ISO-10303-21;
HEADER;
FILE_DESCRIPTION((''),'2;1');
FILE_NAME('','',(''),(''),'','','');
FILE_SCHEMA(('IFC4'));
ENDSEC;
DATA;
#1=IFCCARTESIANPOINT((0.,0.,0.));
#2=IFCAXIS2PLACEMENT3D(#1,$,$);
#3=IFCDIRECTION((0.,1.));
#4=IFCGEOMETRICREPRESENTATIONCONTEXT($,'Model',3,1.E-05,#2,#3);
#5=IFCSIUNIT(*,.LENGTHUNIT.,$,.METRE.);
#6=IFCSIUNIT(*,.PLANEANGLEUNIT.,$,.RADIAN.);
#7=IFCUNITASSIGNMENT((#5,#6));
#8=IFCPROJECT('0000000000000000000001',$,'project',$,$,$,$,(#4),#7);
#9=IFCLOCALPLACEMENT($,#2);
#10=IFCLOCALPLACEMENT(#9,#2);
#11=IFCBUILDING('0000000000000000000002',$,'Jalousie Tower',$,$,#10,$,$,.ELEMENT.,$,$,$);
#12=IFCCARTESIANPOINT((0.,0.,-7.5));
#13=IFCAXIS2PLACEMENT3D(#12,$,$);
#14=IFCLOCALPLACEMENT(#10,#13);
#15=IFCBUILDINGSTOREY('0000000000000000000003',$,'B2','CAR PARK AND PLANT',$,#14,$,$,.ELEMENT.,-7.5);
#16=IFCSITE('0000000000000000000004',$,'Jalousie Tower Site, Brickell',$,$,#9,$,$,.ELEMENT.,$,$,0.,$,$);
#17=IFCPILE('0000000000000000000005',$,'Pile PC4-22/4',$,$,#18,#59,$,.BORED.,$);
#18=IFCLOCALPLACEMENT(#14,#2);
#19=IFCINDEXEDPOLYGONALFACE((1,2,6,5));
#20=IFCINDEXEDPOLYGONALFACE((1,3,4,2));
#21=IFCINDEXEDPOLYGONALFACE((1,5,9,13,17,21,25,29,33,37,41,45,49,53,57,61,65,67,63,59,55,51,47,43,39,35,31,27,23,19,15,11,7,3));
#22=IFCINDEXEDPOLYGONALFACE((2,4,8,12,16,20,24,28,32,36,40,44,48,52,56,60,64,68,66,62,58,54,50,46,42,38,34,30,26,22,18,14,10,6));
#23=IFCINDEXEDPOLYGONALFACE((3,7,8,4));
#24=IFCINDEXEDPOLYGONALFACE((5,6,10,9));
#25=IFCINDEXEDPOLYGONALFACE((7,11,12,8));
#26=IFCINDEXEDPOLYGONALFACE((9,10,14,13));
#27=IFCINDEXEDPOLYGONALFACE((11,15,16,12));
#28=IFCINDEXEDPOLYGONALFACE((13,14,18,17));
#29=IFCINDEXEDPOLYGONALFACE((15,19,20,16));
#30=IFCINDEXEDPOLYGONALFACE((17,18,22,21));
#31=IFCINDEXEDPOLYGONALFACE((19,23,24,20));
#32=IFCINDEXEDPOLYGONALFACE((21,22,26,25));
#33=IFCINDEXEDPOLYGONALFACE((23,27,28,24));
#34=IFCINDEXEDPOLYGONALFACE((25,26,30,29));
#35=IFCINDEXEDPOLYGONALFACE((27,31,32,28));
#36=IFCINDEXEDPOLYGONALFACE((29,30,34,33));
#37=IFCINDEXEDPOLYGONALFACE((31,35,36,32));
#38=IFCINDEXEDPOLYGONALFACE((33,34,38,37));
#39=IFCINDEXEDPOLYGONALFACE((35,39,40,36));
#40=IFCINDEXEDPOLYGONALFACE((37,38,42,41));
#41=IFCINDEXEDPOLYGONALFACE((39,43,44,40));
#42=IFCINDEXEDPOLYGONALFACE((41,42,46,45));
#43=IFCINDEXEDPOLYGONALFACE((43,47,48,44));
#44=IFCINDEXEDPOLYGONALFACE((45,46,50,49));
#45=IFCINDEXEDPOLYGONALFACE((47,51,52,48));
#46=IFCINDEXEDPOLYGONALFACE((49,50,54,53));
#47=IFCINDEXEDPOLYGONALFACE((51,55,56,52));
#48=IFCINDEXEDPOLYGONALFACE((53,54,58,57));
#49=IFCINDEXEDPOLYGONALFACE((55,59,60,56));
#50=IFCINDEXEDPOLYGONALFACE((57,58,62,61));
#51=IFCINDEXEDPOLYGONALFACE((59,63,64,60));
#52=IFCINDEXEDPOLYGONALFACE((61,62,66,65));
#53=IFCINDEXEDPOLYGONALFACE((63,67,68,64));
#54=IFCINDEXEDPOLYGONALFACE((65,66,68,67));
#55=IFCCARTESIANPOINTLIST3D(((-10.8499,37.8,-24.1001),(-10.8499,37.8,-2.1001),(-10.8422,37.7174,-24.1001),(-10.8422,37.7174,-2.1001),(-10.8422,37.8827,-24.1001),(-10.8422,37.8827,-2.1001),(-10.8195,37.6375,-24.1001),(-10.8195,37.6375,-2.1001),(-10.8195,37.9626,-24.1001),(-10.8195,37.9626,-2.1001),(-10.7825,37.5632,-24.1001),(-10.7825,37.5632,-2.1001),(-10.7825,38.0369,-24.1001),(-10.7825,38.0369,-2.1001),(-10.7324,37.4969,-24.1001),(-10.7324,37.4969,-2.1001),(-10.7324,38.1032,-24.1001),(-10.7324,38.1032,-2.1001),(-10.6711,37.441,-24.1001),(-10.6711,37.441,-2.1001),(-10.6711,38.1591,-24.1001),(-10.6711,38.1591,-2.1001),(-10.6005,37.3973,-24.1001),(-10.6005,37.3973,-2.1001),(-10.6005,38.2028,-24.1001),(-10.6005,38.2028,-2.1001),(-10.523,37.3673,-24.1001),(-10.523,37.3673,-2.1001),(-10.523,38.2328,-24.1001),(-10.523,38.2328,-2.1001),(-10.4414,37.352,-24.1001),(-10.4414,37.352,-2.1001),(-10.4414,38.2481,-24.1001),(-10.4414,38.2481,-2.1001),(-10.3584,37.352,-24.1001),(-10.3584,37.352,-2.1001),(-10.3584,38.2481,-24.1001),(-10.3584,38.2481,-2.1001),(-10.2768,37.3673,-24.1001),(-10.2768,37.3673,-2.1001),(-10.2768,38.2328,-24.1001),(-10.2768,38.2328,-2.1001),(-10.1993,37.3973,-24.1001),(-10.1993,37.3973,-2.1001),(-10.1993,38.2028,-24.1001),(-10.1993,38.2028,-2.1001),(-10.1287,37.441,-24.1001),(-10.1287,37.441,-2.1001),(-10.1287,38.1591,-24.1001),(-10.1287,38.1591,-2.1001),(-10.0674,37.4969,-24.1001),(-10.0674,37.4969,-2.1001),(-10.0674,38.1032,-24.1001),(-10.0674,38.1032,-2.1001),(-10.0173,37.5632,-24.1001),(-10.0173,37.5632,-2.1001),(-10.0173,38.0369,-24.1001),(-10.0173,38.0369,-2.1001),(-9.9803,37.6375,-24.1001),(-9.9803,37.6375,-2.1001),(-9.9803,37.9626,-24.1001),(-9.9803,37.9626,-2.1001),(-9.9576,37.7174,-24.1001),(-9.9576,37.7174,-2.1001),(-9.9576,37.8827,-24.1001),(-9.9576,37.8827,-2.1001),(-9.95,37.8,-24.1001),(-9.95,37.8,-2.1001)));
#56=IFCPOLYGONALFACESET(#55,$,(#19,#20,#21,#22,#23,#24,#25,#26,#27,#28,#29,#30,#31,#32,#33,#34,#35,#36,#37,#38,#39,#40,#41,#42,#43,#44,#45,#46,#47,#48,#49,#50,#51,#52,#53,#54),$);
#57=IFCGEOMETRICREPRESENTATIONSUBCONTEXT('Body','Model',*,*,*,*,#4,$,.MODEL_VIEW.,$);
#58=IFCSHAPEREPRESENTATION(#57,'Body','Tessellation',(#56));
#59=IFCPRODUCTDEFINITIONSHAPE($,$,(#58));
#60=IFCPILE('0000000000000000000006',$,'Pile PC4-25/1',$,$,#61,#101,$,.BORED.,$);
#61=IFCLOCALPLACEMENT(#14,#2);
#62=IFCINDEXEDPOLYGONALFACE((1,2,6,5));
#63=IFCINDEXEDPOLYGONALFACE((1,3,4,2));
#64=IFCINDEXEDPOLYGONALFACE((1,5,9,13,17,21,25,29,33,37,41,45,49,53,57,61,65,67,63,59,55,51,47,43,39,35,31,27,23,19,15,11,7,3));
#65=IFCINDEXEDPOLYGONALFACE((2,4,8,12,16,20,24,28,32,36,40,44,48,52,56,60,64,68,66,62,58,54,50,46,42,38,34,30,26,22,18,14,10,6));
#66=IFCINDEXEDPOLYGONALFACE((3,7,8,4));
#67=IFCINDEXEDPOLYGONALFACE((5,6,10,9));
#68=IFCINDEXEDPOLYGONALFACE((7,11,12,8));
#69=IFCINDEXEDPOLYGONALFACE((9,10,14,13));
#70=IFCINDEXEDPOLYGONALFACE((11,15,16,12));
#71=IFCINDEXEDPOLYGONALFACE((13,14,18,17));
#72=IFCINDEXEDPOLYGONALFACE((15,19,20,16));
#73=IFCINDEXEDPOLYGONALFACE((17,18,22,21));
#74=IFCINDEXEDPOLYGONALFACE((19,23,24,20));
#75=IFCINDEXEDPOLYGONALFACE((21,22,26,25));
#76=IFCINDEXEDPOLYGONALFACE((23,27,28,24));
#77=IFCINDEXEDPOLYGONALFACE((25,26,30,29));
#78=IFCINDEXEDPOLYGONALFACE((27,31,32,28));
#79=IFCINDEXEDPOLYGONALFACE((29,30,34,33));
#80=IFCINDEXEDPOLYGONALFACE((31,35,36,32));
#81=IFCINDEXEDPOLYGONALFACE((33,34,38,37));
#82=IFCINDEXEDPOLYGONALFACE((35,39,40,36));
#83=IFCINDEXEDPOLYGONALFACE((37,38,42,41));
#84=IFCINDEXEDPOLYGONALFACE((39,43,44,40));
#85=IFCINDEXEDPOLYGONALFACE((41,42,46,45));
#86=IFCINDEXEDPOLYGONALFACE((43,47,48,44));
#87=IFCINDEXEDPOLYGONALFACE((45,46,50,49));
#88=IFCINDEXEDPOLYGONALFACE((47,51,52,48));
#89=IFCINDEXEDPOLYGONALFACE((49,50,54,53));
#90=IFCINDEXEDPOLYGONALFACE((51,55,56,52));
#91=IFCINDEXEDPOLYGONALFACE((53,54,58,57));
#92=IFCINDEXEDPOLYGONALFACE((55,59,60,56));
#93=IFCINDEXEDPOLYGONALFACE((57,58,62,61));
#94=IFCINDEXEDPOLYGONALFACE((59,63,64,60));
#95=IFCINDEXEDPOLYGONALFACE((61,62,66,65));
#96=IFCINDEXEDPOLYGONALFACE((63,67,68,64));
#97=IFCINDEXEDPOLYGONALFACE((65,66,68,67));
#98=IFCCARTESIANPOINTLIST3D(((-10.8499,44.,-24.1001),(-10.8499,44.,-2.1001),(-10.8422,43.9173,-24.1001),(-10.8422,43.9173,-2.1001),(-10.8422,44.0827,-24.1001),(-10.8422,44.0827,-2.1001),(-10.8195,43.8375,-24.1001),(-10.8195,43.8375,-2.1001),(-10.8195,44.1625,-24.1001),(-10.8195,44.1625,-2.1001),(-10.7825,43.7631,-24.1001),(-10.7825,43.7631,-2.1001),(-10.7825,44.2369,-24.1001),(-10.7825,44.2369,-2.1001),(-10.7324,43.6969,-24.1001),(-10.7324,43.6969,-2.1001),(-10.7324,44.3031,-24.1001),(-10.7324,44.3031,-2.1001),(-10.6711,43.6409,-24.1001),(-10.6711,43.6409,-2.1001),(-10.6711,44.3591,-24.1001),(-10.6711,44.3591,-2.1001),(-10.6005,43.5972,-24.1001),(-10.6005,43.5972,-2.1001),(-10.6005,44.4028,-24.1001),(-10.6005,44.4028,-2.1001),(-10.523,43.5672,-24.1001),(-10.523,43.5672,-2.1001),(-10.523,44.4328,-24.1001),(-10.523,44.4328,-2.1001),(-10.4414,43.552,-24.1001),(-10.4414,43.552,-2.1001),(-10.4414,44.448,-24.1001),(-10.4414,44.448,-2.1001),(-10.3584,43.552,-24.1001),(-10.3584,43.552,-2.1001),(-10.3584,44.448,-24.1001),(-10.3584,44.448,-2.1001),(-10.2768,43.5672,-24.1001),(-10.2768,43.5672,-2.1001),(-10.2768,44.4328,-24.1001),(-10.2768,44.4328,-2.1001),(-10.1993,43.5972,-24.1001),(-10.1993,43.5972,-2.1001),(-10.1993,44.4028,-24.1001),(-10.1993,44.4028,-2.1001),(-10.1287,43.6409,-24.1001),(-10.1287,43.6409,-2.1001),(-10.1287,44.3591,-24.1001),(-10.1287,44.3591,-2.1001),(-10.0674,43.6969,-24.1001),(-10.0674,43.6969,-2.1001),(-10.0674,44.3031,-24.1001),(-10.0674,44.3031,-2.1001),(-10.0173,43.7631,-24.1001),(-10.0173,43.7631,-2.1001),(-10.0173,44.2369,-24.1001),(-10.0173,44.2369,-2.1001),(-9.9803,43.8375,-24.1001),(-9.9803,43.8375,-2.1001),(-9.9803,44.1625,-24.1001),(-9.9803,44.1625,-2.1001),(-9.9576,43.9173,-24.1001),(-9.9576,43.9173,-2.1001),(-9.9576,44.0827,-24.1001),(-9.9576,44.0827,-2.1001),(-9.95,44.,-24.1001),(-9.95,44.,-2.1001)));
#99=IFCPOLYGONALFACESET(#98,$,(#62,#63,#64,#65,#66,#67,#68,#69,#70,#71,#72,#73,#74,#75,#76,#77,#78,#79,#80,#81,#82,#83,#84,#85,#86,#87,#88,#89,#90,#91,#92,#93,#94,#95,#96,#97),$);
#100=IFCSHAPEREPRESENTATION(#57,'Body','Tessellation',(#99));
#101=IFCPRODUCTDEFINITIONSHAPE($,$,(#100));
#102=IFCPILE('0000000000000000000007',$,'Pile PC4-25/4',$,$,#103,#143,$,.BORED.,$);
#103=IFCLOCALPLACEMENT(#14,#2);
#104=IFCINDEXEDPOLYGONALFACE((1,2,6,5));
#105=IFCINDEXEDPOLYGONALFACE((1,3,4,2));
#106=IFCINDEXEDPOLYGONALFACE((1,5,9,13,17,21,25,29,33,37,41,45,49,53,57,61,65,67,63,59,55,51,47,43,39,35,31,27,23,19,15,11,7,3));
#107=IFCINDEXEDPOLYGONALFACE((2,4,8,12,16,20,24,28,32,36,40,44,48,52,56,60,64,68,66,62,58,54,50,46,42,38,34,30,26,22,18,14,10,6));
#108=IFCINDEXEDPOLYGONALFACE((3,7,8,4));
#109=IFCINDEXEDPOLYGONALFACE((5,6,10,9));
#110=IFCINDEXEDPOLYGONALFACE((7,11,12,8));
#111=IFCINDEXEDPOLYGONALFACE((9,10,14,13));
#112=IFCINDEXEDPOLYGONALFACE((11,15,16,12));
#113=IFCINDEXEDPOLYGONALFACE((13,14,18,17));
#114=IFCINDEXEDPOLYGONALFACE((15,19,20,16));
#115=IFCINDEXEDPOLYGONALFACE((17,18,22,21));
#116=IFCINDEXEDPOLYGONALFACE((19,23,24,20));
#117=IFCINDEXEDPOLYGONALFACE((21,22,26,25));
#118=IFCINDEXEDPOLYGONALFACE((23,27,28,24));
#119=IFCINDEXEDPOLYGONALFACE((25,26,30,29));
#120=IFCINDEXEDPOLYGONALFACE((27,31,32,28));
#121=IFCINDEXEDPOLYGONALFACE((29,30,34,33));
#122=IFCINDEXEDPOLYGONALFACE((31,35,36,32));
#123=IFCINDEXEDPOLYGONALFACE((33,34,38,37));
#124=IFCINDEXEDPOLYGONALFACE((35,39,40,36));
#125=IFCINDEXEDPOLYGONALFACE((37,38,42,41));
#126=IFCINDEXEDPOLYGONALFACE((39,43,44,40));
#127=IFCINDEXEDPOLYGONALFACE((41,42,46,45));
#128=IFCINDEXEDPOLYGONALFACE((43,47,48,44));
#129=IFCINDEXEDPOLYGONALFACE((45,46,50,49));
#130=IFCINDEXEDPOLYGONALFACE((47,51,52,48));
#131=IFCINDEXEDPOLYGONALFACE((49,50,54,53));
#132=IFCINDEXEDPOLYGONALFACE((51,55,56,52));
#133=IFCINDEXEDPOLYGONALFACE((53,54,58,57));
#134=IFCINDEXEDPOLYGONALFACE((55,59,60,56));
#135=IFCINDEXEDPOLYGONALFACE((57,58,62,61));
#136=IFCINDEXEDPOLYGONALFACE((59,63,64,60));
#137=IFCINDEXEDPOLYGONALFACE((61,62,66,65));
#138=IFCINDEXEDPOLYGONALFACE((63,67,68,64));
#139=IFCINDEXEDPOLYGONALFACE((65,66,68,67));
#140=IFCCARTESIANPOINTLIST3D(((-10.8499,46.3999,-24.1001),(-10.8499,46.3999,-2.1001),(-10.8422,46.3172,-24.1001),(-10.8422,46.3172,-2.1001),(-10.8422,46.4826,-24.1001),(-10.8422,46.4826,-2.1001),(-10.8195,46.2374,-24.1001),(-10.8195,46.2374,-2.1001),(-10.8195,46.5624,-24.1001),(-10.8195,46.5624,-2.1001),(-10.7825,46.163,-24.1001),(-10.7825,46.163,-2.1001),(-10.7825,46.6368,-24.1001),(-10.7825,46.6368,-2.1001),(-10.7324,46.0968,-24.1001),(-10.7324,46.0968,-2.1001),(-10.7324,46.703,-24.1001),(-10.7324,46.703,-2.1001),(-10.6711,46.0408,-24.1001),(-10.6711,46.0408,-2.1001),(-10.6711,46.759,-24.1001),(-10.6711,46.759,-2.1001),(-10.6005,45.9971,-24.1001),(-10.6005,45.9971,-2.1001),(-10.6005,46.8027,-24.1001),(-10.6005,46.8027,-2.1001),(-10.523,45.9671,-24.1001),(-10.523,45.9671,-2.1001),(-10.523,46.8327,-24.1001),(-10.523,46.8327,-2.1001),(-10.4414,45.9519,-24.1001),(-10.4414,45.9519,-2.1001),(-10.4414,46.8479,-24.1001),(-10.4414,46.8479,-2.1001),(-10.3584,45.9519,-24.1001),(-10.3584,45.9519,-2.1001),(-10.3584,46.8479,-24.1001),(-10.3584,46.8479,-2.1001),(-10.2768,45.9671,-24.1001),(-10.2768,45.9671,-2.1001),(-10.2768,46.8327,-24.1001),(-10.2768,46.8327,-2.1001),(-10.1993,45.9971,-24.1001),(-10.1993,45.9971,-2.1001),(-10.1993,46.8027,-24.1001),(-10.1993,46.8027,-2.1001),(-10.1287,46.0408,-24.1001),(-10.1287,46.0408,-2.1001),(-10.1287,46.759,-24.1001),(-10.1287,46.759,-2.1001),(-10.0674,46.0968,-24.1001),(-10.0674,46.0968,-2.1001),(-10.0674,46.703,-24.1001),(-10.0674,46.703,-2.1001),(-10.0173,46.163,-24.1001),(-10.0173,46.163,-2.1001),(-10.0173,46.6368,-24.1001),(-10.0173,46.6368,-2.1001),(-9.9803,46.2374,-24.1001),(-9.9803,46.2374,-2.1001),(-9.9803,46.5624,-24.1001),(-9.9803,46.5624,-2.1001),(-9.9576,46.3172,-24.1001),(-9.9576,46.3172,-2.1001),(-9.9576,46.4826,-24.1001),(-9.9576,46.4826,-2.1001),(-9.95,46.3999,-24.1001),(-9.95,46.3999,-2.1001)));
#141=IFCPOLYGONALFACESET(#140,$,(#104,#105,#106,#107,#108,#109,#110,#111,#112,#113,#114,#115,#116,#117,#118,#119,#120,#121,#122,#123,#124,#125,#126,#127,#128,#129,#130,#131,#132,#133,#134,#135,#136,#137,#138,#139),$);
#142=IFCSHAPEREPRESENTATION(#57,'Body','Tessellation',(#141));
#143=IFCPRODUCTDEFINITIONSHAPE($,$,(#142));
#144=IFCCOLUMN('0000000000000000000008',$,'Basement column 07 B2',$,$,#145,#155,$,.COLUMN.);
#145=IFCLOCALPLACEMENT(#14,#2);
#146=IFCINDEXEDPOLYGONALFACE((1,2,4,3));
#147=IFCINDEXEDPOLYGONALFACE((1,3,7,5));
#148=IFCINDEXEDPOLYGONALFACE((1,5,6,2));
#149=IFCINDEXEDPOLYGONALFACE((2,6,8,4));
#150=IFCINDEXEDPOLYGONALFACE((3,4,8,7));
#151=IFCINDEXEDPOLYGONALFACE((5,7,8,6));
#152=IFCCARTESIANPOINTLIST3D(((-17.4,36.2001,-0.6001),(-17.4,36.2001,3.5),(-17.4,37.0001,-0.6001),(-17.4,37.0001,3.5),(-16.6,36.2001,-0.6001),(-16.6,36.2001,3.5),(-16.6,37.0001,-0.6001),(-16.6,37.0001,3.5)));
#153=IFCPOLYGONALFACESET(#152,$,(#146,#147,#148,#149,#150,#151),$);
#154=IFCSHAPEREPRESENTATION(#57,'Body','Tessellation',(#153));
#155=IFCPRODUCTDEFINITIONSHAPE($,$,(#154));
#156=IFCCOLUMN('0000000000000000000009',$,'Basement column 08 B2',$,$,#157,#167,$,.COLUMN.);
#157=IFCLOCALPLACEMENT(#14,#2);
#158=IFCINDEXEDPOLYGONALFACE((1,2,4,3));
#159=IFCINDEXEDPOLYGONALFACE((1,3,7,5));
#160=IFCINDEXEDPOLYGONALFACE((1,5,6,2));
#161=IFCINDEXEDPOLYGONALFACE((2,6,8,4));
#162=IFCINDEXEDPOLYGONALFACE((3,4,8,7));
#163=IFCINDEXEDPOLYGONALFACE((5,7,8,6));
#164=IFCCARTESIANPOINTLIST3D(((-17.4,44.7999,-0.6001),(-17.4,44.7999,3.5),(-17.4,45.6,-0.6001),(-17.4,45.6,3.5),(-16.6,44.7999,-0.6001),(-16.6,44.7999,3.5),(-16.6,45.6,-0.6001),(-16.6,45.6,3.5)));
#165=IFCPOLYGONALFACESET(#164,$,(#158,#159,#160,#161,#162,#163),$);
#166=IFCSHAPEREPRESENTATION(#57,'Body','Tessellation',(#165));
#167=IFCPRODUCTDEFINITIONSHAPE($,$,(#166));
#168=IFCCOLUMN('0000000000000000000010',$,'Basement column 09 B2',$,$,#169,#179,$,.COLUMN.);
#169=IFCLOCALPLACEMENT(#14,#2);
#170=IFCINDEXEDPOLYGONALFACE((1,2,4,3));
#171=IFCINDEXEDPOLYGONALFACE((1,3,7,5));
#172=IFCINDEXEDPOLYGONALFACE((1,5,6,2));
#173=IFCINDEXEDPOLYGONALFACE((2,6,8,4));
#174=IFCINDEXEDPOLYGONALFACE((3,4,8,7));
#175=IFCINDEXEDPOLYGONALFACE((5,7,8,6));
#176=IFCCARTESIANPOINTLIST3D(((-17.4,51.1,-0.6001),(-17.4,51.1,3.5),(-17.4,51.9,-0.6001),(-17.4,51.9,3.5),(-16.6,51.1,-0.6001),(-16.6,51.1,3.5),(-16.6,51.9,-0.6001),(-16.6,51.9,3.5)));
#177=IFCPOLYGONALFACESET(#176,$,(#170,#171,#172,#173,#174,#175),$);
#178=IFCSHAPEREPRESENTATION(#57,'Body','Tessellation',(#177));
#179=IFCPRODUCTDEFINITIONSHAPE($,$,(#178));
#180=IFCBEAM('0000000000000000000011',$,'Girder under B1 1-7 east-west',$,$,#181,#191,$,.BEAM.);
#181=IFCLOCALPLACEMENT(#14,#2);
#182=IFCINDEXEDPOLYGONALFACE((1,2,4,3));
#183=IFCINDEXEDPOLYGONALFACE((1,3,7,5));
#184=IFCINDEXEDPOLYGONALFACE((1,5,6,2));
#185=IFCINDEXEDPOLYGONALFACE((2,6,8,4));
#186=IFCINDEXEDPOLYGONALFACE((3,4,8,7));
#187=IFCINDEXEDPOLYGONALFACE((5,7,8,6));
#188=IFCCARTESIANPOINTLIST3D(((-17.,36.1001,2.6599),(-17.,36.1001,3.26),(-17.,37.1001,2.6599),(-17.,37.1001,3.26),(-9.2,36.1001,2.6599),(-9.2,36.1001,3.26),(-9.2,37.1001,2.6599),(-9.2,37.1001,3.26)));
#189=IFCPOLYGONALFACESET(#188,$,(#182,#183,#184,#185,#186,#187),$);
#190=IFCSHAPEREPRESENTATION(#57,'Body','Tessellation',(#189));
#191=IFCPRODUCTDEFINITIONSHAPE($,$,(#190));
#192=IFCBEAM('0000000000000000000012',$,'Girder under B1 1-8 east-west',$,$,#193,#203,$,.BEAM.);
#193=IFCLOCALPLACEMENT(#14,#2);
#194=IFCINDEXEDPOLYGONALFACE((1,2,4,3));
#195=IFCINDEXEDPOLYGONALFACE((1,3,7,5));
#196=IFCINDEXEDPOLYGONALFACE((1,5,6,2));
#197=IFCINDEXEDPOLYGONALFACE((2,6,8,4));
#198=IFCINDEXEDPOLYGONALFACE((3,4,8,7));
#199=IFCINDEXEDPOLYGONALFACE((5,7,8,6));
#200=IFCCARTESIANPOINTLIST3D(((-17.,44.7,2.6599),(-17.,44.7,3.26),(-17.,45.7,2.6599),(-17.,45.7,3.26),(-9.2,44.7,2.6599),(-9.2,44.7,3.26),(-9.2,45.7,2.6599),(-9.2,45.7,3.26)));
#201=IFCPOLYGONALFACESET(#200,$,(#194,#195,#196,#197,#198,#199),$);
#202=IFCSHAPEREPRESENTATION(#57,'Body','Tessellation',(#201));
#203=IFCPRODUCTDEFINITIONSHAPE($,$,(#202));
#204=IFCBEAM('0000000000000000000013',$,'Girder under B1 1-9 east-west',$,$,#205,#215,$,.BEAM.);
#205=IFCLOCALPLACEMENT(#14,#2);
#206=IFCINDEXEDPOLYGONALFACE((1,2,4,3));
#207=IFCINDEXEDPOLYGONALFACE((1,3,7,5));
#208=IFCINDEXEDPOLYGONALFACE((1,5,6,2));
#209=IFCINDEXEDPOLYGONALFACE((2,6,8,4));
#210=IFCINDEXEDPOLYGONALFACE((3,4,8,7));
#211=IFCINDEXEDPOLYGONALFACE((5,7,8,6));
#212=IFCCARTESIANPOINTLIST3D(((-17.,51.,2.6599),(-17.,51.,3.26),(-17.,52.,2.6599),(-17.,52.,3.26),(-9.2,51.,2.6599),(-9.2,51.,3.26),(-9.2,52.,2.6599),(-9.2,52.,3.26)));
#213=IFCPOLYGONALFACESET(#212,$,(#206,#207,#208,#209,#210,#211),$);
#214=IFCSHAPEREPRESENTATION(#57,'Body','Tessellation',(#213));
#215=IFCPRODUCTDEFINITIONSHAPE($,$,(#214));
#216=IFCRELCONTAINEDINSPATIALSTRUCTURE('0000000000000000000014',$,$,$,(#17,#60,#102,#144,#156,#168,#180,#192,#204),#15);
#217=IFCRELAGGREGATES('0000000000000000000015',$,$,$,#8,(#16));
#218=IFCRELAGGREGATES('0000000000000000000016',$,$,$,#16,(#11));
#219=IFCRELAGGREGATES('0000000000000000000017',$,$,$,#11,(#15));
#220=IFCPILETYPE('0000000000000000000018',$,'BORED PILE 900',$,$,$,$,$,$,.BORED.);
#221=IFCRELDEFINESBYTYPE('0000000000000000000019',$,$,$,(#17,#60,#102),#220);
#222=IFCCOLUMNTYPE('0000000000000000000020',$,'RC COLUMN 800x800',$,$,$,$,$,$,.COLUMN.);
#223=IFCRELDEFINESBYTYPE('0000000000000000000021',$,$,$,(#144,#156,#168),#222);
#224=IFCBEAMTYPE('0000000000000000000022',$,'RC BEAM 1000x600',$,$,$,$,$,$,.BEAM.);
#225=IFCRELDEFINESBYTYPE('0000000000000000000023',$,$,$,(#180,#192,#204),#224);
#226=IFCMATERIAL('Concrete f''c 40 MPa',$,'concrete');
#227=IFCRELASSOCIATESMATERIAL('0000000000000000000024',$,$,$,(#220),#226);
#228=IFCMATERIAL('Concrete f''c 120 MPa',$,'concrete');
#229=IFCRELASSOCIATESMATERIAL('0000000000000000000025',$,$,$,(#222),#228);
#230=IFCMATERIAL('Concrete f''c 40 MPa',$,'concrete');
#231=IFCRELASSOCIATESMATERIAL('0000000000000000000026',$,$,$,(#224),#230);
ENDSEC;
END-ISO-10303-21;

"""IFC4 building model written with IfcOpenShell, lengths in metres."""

from ifc_helpers import new_model, si_unit, direction, frame, origin, origin_2d, place, context, subcontext, project, spatial, rectangle, circle, extrude, material, material_profile, profile_set, type_object, element, save


model = new_model("IFC4")

# Units and contexts
model_context = context("Model", 3, precision=1e-05, world=origin(), true_north=direction((0.0, 1.0)))
body_context = subcontext(model_context, "Body", "Model", "MODEL_VIEW")
ifc_project = project(units=[si_unit("LENGTHUNIT", "METRE"), si_unit("PLANEANGLEUNIT", "RADIAN")], contexts=[model_context])

# Site, building, storey
site_placement = place(None, origin())
site = spatial("IfcSite", under=ifc_project, at=site_placement, Name="Jalousie Tower Site, Brickell", CompositionType="ELEMENT", RefElevation=0.0)
building_placement = place(site_placement, origin())
building = spatial("IfcBuilding", under=site, at=building_placement, Name="Jalousie Tower", CompositionType="ELEMENT")
storey_placement = place(building_placement, frame((0.0, 0.0, -7.5)))
storey = spatial("IfcBuildingStorey", under=building, at=storey_placement, Name="B2", Description="CAR PARK AND PLANT", CompositionType="ELEMENT", Elevation=-7.5)

# Piles
ifc_material_1 = material(Name="Concrete f'c 40 MPa", Category="concrete")
ifc_material_profile_1 = material_profile(ifc_material_1, circle(Radius=0.45, at=origin_2d()), Name="BORED PILE D900")
ifc_profile_set_1 = profile_set([ifc_material_profile_1], Name="Concrete f'c 40 MPa")
pile_type = type_object("IfcPileType", Name="BORED PILE 900", PredefinedType="BORED", material=ifc_profile_set_1)
for number, where, z_axis, x_axis, name in (
    (1, (-10.3999, 37.8, -2.1001), (0.0, 0.0, -1.0), (1.0, 0.0, 0.0), "Pile PC4-22/4"),
    (2, (-10.3999, 44.0, -2.1001), (0.0, 0.0, -1.0), (1.0, 0.0, 0.0), "Pile PC4-25/1"),
    (3, (-10.3999, 46.3999, -2.1001), (0.0, 0.0, -1.0), (1.0, 0.0, 0.0), "Pile PC4-25/4"),
):
    element("IfcPile", number, at=place(storey_placement, frame(where, z_axis=z_axis, x_axis=x_axis)), inside=storey, type_object=pile_type, Name=name, PredefinedType="BORED", context=body_context, shape_type="SweptSolid", body=[
        extrude(circle(Radius=0.45, at=origin_2d()), origin(), (0.0, 0.0, 1.0), 22.0),
    ])

# Columns
ifc_material_2 = material(Name="Concrete f'c 120 MPa", Category="concrete")
ifc_material_profile_2 = material_profile(ifc_material_2, rectangle(XDim=0.8, YDim=0.8, at=origin_2d()), Name="RC 800x800")
ifc_profile_set_2 = profile_set([ifc_material_profile_2], Name="Concrete f'c 120 MPa")
column_type = type_object("IfcColumnType", Name="RC COLUMN 800x800", PredefinedType="COLUMN", material=ifc_profile_set_2)
for number, where, z_axis, x_axis, name in (
    (4, (-17.0, 36.6001, -0.6001), (0.0, 0.0, 1.0), (1.0, 0.0, 0.0), "Basement column 07 B2"),
    (5, (-17.0, 45.2, -0.6001), (0.0, 0.0, 1.0), (1.0, 0.0, 0.0), "Basement column 08 B2"),
    (6, (-17.0, 51.5, -0.6001), (0.0, 0.0, 1.0), (1.0, 0.0, 0.0), "Basement column 09 B2"),
):
    element("IfcColumn", number, at=place(storey_placement, frame(where, z_axis=z_axis, x_axis=x_axis)), inside=storey, type_object=column_type, Name=name, PredefinedType="COLUMN", context=body_context, shape_type="SweptSolid", body=[
        extrude(rectangle(XDim=0.8, YDim=0.8, at=origin_2d()), origin(), (0.0, 0.0, 1.0), 4.1001),
    ])

# Beams
ifc_material_3 = material(Name="Concrete f'c 40 MPa", Category="concrete")
ifc_material_profile_3 = material_profile(ifc_material_3, rectangle(XDim=1.0, YDim=0.6001, at=origin_2d()), Name="RC 1000x600")
ifc_profile_set_3 = profile_set([ifc_material_profile_3], Name="Concrete f'c 40 MPa")
beam_type_1 = type_object("IfcBeamType", Name="RC BEAM 1000x600", PredefinedType="BEAM", material=ifc_profile_set_3)
for number, where, z_axis, x_axis, name in (
    (7, (-17.0, 36.6001, 2.96), (1.0, 0.0, 0.0), (0.0, 1.0, 0.0), "Girder under B1 1-7 east-west"),
    (8, (-17.0, 45.2, 2.96), (1.0, 0.0, 0.0), (0.0, 1.0, 0.0), "Girder under B1 1-8 east-west"),
    (9, (-17.0, 51.5, 2.96), (1.0, 0.0, 0.0), (0.0, 1.0, 0.0), "Girder under B1 1-9 east-west"),
):
    element("IfcBeam", number, at=place(storey_placement, frame(where, z_axis=z_axis, x_axis=x_axis)), inside=storey, type_object=beam_type_1, Name=name, PredefinedType="BEAM", context=body_context, shape_type="SweptSolid", body=[
        extrude(rectangle(XDim=1.0, YDim=0.6001, at=origin_2d()), origin(), (0.0, 0.0, 1.0), 7.8),
    ])

save(model, "model.ifc")
